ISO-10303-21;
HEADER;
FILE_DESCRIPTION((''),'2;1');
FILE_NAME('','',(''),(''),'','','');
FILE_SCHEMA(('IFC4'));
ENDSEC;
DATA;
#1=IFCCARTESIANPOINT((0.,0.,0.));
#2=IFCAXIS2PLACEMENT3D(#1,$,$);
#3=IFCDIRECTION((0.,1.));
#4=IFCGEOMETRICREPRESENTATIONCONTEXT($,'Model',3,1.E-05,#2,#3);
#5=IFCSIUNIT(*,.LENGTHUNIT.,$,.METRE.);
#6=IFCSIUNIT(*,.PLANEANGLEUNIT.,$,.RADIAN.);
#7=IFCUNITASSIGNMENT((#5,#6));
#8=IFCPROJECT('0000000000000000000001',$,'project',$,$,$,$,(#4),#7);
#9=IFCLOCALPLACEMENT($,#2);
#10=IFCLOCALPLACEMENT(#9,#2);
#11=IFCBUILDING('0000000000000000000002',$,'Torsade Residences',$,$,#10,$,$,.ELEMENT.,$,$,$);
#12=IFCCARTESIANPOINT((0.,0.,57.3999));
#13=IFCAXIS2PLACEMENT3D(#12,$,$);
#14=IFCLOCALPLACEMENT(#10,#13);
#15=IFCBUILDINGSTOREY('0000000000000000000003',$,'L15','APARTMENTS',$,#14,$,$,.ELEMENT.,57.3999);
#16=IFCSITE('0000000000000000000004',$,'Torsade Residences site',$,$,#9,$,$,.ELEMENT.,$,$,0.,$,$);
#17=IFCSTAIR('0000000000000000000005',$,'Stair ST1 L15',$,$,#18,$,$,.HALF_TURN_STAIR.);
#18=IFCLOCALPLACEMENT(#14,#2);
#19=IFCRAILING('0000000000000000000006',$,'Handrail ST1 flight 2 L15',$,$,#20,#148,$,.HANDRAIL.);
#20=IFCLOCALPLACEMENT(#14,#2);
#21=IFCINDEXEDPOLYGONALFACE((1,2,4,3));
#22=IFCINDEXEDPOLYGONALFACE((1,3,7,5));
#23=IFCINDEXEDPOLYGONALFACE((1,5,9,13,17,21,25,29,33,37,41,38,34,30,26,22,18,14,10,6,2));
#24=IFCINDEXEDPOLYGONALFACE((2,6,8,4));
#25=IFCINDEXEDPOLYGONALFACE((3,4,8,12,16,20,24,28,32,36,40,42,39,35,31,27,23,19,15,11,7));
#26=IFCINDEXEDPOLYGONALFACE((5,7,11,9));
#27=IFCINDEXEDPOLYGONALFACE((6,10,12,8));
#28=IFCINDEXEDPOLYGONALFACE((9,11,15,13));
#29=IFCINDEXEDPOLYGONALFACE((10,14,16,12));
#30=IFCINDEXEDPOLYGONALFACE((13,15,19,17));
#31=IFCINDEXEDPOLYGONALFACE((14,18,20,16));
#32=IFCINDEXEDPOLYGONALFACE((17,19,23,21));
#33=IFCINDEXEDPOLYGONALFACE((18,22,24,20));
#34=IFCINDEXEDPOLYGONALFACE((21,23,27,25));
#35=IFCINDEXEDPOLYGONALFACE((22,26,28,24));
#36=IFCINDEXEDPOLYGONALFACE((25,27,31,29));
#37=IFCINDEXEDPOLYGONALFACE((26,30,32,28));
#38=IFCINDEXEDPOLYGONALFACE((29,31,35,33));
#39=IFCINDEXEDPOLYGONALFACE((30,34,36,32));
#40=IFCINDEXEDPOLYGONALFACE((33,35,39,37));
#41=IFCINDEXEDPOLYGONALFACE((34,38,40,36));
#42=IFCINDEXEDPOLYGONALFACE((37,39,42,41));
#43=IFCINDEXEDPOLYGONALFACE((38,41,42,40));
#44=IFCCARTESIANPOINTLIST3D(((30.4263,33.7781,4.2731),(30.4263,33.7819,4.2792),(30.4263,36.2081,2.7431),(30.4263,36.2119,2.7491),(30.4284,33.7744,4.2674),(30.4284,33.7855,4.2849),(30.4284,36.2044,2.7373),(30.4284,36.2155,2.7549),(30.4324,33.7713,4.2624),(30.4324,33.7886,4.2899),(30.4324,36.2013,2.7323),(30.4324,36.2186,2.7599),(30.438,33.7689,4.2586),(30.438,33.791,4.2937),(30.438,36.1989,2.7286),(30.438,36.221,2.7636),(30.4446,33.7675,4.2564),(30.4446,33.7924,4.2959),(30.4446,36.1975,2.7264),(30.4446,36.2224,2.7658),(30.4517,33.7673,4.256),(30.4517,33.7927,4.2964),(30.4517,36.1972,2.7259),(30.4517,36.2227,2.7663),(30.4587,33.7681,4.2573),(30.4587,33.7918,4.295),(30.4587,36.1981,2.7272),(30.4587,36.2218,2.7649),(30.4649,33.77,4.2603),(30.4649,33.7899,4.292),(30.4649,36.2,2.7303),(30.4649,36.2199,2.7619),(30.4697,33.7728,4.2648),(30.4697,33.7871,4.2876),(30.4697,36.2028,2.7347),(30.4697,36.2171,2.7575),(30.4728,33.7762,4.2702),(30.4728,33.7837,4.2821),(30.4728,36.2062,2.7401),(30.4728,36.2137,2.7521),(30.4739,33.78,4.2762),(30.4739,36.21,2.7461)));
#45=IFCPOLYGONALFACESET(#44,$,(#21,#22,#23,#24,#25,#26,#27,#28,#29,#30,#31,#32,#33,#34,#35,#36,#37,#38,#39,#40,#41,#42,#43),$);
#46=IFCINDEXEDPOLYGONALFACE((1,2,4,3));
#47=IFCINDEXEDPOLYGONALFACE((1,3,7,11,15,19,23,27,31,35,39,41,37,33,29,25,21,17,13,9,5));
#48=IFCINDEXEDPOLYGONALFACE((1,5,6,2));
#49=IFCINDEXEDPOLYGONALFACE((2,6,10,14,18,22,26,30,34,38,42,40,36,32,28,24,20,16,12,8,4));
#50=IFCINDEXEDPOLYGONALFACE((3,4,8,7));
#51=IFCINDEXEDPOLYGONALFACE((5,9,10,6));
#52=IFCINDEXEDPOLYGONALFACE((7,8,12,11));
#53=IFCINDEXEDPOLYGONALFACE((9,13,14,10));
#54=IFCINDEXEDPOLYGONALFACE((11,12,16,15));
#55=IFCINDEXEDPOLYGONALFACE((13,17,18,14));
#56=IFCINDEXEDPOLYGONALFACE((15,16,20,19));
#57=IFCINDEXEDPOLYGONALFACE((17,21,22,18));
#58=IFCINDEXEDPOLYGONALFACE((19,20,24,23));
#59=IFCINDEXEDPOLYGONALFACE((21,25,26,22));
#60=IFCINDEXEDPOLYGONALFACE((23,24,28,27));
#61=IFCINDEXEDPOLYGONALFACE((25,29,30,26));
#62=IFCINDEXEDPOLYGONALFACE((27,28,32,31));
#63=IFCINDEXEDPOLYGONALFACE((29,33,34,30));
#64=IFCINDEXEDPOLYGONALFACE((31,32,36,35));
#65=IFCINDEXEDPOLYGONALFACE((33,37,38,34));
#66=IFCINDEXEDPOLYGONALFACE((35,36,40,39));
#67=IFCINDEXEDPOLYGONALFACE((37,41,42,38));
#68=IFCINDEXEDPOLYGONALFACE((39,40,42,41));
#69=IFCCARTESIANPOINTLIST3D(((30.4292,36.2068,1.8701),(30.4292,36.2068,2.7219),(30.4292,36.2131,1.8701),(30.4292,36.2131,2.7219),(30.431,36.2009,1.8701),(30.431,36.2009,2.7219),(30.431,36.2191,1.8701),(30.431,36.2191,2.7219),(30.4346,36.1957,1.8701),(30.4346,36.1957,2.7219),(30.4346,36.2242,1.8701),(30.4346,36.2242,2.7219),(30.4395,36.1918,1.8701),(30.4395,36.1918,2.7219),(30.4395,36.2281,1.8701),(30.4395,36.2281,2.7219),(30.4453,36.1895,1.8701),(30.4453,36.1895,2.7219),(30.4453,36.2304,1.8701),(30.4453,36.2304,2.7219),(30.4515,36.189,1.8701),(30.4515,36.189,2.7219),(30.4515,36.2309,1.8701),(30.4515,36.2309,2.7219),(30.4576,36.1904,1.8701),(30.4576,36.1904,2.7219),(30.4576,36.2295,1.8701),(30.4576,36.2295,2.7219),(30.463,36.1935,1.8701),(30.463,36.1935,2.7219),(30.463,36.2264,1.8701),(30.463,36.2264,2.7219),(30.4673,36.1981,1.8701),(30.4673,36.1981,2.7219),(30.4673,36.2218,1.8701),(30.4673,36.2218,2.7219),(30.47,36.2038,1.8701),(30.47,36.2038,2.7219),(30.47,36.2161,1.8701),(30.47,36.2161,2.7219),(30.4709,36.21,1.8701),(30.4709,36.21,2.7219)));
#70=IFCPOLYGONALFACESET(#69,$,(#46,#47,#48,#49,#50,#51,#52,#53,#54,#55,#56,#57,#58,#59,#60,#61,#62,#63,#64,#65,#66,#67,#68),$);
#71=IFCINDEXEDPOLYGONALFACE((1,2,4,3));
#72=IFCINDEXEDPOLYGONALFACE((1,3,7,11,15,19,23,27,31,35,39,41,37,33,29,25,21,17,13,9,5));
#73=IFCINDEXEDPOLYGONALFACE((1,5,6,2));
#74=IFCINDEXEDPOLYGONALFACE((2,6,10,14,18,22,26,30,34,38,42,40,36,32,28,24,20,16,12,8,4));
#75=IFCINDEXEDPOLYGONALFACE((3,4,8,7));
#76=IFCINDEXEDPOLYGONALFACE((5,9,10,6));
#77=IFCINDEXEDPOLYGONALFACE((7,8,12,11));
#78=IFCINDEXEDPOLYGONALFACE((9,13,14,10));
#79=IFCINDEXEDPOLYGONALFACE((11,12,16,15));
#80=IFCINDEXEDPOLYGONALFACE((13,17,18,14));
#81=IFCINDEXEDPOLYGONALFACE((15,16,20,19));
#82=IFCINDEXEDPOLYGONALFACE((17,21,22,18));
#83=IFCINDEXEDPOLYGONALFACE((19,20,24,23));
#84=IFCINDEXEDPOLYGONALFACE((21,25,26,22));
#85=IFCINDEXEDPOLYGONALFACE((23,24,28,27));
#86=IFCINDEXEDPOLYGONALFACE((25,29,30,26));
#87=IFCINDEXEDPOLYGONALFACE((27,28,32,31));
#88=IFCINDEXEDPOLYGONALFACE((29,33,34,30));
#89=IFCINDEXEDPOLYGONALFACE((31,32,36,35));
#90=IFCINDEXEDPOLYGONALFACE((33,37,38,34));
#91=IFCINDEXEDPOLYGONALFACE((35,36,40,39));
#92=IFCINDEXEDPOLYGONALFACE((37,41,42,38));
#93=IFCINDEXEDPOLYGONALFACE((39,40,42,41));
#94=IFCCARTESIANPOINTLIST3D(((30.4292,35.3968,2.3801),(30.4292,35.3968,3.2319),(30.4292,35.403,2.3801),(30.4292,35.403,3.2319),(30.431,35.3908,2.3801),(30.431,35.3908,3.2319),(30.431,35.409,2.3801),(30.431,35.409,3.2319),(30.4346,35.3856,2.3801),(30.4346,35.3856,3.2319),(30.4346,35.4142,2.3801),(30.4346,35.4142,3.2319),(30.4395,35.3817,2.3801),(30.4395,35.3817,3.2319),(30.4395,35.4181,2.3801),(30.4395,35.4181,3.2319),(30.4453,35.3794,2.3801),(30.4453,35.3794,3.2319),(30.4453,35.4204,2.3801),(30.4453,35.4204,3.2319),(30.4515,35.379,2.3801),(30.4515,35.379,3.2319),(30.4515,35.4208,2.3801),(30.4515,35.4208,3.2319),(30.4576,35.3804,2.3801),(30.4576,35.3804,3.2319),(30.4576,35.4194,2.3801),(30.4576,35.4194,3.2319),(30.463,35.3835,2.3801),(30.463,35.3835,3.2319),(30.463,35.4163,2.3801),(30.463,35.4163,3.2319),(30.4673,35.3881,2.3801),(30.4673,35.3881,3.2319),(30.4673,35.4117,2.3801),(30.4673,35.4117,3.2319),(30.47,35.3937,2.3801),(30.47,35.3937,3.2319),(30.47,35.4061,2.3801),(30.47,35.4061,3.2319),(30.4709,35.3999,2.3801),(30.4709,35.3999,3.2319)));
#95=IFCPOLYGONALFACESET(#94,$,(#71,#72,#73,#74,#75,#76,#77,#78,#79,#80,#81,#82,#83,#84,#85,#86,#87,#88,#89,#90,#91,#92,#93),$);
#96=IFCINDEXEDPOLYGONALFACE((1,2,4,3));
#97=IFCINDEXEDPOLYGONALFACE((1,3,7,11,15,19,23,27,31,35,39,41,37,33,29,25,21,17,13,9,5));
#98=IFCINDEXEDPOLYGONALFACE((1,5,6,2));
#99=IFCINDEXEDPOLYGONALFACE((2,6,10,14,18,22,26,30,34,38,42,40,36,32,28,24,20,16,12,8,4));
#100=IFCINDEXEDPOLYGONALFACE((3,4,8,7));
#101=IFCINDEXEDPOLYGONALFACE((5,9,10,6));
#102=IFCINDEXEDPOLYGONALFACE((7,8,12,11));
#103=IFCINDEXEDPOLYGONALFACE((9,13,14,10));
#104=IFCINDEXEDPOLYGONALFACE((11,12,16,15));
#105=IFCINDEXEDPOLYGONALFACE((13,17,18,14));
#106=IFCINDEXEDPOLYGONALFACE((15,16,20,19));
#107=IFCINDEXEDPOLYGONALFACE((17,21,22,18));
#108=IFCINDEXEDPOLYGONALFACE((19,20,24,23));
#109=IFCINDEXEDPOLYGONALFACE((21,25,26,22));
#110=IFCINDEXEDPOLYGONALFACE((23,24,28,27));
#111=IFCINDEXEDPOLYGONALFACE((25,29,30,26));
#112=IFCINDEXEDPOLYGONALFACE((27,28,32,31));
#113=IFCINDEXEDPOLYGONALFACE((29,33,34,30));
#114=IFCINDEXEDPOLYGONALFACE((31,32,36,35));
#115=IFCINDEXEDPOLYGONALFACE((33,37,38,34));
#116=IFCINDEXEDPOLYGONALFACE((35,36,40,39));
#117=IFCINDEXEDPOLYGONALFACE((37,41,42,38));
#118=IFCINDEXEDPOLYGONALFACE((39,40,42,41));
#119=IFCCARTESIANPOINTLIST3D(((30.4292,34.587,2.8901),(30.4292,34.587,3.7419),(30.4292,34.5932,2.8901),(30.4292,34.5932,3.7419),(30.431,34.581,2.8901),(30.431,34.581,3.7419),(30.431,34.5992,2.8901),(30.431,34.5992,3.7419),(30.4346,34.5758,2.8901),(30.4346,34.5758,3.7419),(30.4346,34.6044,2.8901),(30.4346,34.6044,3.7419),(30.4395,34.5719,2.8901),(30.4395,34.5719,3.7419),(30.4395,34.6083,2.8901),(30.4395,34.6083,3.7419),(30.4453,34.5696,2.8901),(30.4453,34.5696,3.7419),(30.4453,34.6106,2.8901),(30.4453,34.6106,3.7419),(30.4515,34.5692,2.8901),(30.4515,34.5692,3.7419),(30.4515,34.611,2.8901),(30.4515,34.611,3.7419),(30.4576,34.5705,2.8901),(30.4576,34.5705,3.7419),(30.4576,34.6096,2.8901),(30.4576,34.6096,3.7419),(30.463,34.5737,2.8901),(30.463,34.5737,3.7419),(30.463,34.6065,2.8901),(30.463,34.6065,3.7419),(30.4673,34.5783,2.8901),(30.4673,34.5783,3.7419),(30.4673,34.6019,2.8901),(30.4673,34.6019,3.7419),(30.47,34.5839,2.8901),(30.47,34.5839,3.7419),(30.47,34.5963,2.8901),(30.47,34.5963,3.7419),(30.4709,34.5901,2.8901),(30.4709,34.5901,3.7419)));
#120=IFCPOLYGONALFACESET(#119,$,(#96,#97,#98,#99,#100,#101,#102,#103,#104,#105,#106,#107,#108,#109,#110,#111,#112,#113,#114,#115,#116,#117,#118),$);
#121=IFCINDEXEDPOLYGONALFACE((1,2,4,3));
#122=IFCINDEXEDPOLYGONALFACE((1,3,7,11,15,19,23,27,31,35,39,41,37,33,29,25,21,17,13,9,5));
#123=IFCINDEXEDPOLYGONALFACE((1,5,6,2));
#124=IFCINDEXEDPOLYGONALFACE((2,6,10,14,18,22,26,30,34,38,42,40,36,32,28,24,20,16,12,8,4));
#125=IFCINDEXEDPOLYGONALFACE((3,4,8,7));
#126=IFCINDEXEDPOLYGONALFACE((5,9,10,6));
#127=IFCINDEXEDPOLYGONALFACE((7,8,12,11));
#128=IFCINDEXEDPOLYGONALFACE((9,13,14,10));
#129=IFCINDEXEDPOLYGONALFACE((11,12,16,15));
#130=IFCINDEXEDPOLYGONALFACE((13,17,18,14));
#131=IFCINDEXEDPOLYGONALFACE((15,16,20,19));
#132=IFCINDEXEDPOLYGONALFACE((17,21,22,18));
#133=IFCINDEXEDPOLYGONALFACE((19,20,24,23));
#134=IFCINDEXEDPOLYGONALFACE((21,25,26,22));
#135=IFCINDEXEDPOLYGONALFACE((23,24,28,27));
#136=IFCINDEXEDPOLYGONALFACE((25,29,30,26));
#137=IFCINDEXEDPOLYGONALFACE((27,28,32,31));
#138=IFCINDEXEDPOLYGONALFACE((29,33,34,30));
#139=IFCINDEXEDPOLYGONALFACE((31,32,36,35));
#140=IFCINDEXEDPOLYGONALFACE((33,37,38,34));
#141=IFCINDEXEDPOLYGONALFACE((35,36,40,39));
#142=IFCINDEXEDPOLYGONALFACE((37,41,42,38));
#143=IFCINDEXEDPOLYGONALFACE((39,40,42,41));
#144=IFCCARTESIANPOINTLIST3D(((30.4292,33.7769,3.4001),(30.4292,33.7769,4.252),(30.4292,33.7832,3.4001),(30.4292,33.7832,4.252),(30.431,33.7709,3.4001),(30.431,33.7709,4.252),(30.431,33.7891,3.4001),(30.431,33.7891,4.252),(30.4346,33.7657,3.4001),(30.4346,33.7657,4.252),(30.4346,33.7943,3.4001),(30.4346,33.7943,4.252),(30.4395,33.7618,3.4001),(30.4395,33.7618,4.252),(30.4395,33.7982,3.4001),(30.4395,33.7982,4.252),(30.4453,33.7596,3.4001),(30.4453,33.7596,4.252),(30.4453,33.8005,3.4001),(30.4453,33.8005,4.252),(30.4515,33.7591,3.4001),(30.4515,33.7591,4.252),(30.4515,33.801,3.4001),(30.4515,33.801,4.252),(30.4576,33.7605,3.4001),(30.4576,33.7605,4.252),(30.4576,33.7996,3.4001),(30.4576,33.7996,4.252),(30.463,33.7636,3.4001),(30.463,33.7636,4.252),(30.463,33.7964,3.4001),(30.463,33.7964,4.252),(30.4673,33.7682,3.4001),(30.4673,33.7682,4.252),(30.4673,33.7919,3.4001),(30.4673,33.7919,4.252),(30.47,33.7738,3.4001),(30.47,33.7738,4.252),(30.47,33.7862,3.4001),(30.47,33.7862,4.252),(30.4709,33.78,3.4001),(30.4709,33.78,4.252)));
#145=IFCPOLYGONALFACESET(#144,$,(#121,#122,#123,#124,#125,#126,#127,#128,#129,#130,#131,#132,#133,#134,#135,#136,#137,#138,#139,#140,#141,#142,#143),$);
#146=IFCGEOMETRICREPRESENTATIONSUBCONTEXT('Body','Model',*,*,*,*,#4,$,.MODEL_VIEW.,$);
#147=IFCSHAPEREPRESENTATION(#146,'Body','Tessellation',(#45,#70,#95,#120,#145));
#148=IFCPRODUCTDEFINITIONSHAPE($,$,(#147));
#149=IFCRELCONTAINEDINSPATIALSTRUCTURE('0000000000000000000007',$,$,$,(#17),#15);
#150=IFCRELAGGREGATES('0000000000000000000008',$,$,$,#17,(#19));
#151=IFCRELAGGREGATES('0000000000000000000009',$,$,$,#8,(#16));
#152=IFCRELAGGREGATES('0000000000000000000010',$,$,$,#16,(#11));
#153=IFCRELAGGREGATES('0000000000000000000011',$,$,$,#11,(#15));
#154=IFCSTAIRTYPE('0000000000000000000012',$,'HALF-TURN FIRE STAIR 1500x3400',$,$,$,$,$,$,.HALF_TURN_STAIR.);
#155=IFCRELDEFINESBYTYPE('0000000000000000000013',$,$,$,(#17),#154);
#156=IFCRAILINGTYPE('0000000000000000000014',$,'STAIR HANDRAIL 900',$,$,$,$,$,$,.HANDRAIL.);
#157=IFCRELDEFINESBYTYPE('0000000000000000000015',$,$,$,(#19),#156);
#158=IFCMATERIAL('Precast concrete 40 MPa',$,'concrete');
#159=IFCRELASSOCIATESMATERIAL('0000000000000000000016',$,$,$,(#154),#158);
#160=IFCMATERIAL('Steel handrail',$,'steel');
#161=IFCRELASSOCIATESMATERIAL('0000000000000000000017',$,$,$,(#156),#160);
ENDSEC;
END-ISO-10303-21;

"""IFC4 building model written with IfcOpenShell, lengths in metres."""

from ifc_helpers import new_model, si_unit, direction, frame, origin, origin_2d, place, context, subcontext, project, spatial, circle, extrude, material, type_object, element, aggregate, save


model = new_model("IFC4")

# Units and contexts
model_context = context("Model", 3, precision=1e-05, world=origin(), true_north=direction((0.0, 1.0)))
body_context = subcontext(model_context, "Body", "Model", "MODEL_VIEW")
ifc_project = project(units=[si_unit("LENGTHUNIT", "METRE"), si_unit("PLANEANGLEUNIT", "RADIAN")], contexts=[model_context])

# Site, building, storey
site_placement = place(None, origin())
site = spatial("IfcSite", under=ifc_project, at=site_placement, Name="Torsade Residences site", CompositionType="ELEMENT", RefElevation=0.0)
building_placement = place(site_placement, origin())
building = spatial("IfcBuilding", under=site, at=building_placement, Name="Torsade Residences", CompositionType="ELEMENT")
storey_placement = place(building_placement, frame((0.0, 0.0, 57.3999)))
storey = spatial("IfcBuildingStorey", under=building, at=storey_placement, Name="L15", Description="APARTMENTS", CompositionType="ELEMENT", Elevation=57.3999)

# Stair, railing
ifc_material_1 = material(Name="Precast concrete 40 MPa", Category="concrete")
stair_type = type_object("IfcStairType", Name="HALF-TURN FIRE STAIR 1500x3400", PredefinedType="HALF_TURN_STAIR", material=ifc_material_1)
stair_placement = place(storey_placement, origin())
stair = element("IfcStair", 1, at=stair_placement, inside=storey, type_object=stair_type, Name="Stair ST1 L15", PredefinedType="HALF_TURN_STAIR")
ifc_material_2 = material(Name="Steel handrail", Category="steel")
railing_type = type_object("IfcRailingType", Name="STAIR HANDRAIL 900", PredefinedType="HANDRAIL", material=ifc_material_2)
railing_1_placement = place(storey_placement, frame((30.45, 36.21, 1.8701)))
railing_1 = element("IfcRailing", 2, at=railing_1_placement, type_object=railing_type, Name="Handrail ST1 flight 2 L15", PredefinedType="HANDRAIL", context=body_context, shape_type="SweptSolid", body=[
    extrude(circle(Radius=0.0239, at=origin_2d()), frame((0.0, 0.0, 0.876), z_axis=(0.0, -0.846221, 0.532831), x_axis=(1.0, 0.0, 0.0)), (0.0, 0.0, 1.0), 2.8716),
    extrude(circle(Radius=0.021, at=origin_2d()), origin(), (0.0, 0.0, 1.0), 0.8518),
    extrude(circle(Radius=0.021, at=origin_2d()), frame((0.0, -0.8101, 0.51)), (0.0, 0.0, 1.0), 0.8518),
    extrude(circle(Radius=0.021, at=origin_2d()), frame((0.0, -1.6199, 1.02)), (0.0, 0.0, 1.0), 0.8518),
    extrude(circle(Radius=0.021, at=origin_2d()), frame((0.0, -2.4299, 1.53)), (0.0, 0.0, 1.0), 0.8518),
])
aggregate(stair, [railing_1])

save(model, "model.ifc")
